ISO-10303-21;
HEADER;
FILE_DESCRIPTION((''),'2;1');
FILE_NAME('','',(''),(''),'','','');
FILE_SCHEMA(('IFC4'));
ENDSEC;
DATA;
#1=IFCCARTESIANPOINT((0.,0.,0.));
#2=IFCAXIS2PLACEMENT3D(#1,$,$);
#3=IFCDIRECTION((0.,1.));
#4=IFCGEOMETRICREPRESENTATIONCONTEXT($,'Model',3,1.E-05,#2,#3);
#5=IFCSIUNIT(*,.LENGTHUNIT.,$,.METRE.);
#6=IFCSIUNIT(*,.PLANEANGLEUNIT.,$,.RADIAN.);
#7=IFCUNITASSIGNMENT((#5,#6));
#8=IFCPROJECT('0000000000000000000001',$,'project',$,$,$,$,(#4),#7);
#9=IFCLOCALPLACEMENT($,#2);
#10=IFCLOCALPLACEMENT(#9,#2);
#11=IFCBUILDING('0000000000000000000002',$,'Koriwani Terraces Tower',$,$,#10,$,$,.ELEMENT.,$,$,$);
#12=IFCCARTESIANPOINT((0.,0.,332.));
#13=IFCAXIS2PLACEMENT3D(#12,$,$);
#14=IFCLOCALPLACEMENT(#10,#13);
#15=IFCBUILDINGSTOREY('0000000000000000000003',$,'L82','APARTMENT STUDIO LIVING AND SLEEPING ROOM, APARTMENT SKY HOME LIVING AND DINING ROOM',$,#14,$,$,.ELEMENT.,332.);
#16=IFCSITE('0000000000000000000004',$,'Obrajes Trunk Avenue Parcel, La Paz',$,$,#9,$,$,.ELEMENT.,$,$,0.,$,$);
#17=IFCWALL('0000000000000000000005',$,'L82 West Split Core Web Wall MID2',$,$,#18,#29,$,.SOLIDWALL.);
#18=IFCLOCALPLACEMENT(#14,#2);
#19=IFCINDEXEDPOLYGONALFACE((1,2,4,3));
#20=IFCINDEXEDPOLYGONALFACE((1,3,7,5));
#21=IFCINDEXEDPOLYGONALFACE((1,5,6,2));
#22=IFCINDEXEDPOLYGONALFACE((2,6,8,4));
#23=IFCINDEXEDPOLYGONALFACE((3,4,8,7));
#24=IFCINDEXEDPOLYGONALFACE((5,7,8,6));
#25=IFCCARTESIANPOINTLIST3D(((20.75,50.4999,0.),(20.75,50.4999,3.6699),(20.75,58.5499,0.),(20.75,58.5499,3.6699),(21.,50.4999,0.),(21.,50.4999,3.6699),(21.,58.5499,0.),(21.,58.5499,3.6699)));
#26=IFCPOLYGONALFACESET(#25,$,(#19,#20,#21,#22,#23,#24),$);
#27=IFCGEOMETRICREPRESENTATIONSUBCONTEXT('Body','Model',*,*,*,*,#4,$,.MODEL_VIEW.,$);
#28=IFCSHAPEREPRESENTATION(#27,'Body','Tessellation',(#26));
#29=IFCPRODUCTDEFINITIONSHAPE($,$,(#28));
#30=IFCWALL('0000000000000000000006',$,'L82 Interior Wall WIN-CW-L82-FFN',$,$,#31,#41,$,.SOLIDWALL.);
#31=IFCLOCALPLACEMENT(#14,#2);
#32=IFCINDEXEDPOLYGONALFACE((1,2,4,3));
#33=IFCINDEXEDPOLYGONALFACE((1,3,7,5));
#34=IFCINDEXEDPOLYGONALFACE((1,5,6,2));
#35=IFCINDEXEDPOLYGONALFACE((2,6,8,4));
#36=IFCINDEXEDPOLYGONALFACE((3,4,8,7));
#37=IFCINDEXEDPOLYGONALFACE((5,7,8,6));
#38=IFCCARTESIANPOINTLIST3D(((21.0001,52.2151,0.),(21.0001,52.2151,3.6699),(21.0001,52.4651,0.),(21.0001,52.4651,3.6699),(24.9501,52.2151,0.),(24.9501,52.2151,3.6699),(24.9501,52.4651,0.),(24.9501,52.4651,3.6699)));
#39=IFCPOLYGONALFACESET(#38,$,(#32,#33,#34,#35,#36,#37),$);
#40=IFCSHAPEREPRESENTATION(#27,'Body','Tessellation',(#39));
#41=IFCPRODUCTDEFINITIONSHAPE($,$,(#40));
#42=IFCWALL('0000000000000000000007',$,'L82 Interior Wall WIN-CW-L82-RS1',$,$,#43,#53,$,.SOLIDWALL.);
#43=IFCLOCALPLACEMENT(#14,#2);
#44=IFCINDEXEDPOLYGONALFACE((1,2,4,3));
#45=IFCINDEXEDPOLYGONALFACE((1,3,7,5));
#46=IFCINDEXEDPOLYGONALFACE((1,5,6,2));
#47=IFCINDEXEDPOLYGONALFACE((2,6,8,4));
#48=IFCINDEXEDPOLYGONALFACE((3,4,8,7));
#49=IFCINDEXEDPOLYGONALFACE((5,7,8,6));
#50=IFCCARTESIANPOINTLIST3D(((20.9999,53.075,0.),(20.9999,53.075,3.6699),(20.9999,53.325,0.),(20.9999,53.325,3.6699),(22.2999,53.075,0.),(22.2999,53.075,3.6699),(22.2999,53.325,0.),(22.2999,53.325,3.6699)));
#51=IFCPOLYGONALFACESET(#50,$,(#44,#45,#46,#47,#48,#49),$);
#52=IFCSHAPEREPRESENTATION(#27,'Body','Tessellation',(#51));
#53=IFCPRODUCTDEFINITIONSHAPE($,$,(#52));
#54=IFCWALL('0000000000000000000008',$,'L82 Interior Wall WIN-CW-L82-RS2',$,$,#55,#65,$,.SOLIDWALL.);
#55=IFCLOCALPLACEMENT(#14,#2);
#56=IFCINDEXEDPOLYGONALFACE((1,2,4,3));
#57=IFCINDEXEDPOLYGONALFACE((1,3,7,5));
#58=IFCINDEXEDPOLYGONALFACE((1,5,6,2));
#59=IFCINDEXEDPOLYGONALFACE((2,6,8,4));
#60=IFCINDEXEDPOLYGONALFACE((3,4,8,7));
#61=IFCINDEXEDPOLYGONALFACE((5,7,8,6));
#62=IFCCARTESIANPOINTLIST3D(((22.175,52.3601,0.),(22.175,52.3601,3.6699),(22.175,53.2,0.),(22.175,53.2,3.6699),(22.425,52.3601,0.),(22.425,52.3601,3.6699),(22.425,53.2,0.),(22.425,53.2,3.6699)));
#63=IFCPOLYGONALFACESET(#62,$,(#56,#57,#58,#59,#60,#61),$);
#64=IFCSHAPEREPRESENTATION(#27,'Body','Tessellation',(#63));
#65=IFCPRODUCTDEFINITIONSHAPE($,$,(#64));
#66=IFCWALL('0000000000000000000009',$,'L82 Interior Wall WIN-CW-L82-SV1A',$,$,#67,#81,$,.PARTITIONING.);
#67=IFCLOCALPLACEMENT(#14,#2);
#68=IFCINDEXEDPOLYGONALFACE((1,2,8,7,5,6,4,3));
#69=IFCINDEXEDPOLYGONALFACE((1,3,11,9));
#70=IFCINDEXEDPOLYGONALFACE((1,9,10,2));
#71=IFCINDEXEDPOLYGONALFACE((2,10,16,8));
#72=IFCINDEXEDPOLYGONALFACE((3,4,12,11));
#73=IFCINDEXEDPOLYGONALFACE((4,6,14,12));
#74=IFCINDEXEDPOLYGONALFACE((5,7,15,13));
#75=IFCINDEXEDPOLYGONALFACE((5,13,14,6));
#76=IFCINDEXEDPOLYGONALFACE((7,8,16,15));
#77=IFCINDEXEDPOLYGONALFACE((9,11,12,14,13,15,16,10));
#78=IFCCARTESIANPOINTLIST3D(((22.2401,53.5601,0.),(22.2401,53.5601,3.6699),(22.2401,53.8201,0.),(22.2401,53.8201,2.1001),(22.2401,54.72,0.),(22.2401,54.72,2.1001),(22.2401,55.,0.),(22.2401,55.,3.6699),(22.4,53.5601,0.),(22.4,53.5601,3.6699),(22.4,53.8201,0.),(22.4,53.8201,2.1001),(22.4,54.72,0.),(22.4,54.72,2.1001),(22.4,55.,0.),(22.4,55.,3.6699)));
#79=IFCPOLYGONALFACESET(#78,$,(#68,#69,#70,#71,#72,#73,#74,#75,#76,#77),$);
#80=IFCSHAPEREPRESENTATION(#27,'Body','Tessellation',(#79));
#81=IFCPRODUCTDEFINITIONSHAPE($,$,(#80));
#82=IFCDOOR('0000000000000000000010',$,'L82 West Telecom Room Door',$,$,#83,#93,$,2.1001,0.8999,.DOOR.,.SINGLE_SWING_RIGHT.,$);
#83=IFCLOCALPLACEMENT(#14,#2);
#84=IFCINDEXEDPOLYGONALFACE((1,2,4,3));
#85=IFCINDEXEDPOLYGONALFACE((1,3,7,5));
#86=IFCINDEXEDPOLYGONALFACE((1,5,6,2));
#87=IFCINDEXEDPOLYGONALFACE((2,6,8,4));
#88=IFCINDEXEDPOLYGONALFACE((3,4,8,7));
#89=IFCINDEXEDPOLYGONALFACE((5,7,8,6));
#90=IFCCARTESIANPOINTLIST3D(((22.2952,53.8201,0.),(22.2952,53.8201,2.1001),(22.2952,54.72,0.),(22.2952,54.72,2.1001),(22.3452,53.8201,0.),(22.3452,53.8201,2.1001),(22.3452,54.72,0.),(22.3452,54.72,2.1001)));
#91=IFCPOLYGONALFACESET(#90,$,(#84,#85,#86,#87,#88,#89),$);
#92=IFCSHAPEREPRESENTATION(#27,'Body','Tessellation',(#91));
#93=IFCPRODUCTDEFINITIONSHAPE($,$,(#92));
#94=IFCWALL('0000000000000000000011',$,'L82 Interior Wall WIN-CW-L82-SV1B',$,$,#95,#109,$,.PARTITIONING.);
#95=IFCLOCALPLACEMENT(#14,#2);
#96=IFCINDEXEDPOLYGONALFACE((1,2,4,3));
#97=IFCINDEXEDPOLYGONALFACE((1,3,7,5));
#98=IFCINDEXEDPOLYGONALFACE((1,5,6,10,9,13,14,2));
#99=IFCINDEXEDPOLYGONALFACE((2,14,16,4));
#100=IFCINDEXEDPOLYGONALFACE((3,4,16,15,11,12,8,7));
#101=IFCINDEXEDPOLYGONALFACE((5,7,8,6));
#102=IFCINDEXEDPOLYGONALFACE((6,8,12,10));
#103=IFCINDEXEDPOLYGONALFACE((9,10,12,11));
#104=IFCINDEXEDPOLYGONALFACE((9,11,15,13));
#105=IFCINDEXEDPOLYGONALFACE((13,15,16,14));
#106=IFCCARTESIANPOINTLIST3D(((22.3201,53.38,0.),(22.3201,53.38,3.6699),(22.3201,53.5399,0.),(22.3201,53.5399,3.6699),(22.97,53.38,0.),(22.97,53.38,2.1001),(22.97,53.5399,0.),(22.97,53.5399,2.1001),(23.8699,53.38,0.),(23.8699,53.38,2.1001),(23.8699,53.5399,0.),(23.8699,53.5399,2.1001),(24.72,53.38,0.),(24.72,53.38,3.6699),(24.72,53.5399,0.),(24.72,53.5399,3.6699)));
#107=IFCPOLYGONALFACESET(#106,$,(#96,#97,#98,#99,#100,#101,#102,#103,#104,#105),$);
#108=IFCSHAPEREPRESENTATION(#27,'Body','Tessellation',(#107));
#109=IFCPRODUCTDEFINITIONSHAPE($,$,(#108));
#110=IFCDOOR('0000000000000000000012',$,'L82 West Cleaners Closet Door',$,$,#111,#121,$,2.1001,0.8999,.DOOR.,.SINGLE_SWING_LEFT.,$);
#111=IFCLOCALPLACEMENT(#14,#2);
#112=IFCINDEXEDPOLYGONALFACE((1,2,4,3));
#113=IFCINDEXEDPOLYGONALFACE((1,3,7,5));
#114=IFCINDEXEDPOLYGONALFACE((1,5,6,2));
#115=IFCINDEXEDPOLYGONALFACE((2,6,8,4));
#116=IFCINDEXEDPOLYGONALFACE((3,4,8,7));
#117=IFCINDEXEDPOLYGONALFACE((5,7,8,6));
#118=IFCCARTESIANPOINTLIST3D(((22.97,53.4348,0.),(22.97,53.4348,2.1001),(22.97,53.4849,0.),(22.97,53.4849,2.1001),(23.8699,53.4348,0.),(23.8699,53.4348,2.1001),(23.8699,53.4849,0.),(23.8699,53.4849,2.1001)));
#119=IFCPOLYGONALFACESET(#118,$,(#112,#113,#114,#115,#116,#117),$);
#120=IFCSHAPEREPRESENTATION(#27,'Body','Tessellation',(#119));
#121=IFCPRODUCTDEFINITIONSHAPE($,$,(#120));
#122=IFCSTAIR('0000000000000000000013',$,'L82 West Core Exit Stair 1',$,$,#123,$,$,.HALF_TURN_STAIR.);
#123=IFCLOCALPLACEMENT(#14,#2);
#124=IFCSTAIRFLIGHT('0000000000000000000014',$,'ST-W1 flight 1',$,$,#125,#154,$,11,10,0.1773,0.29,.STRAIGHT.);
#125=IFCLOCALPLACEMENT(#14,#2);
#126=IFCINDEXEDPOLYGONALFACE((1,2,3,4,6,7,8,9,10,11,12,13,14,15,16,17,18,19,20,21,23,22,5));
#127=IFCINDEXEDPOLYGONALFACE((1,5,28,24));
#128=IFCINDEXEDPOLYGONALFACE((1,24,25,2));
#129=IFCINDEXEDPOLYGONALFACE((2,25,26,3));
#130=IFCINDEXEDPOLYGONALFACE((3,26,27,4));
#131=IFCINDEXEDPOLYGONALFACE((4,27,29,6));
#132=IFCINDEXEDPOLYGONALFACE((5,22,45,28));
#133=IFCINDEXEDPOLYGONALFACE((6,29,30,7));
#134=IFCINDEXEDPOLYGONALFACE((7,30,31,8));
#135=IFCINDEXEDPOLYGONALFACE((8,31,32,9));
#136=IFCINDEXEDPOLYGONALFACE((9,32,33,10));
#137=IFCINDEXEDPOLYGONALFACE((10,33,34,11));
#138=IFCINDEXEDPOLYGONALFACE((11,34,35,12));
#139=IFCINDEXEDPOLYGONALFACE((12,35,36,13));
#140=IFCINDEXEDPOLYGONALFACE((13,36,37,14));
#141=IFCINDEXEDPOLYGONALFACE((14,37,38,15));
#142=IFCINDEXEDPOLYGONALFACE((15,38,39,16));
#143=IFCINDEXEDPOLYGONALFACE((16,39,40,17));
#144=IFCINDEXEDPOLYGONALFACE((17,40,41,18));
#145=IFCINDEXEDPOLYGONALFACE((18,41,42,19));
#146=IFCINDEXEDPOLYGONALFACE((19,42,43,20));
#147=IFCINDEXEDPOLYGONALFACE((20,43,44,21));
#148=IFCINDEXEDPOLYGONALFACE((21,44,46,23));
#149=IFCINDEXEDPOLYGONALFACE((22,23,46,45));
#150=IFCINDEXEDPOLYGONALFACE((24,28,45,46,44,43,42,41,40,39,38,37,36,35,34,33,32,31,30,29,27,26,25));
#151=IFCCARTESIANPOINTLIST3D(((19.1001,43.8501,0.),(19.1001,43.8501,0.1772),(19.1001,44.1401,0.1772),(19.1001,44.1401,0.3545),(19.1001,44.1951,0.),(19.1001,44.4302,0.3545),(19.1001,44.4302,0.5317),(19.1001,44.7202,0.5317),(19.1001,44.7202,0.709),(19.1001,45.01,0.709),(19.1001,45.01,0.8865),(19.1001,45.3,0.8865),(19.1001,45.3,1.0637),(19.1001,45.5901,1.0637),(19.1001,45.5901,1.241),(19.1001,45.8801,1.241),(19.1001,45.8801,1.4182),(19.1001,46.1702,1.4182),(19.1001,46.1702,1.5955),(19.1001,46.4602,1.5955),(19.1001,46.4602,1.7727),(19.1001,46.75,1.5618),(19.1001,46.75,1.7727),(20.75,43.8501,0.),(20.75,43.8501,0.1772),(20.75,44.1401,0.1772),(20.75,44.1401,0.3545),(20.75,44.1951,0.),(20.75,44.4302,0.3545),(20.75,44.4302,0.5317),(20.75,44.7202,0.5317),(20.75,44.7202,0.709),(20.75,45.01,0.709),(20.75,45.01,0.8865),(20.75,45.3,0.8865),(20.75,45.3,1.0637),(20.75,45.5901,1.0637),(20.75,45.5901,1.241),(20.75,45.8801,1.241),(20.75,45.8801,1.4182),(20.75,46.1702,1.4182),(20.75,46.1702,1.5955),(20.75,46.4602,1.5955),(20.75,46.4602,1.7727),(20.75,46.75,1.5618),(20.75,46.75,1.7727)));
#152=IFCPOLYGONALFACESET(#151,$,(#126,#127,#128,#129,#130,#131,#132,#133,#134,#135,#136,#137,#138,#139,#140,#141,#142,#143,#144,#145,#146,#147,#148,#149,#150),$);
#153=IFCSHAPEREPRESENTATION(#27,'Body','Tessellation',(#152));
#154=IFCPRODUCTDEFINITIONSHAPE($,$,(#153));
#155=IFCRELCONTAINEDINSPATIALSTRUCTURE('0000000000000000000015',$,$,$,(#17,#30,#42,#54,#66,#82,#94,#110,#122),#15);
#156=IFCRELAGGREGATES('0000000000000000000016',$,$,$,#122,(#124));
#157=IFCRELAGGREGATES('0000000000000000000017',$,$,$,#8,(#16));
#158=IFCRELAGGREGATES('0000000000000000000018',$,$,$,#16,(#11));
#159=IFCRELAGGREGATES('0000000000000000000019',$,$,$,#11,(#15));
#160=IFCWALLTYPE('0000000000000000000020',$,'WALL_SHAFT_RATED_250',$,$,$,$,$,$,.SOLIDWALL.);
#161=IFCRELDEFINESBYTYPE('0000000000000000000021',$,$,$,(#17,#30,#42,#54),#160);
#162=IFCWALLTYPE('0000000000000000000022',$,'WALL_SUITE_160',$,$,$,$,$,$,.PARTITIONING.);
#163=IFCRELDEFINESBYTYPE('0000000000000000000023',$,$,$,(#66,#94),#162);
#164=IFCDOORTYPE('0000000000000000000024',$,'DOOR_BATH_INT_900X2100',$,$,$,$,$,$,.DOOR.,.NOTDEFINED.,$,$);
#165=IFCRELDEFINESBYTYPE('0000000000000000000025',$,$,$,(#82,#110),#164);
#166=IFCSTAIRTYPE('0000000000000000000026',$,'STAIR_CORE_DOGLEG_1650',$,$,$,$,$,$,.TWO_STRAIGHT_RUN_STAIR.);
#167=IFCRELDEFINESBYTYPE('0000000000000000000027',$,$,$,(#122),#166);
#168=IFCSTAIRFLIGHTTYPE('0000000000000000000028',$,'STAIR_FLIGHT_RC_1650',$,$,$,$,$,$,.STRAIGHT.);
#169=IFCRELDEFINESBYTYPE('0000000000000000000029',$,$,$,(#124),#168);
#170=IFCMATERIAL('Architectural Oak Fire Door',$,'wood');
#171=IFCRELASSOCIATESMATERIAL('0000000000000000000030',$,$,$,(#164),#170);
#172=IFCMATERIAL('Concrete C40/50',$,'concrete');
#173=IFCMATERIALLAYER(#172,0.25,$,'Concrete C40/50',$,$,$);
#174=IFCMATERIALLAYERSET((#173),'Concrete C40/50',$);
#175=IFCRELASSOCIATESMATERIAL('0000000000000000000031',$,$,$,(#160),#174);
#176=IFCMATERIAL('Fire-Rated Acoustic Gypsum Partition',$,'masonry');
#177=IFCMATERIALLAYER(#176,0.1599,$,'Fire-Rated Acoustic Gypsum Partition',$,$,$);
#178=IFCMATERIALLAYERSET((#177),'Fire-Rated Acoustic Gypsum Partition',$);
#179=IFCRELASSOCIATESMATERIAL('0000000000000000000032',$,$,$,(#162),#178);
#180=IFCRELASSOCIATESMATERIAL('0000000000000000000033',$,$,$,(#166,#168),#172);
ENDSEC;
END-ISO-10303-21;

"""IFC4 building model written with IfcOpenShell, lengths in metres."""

from ifc_helpers import new_model, si_unit, direction, frame, frame_2d, origin, place, context, subcontext, project, spatial, polyline, rectangle, outline, extrude, material, layer, layer_set, type_object, element, fill, aggregate, save


model = new_model("IFC4")

# Units and contexts
model_context = context("Model", 3, precision=1e-05, world=origin(), true_north=direction((0.0, 1.0)))
body_context = subcontext(model_context, "Body", "Model", "MODEL_VIEW")
ifc_project = project(units=[si_unit("LENGTHUNIT", "METRE"), si_unit("PLANEANGLEUNIT", "RADIAN")], contexts=[model_context])

# Site, building, storey
site_placement = place(None, origin())
site = spatial("IfcSite", under=ifc_project, at=site_placement, Name="Obrajes Trunk Avenue Parcel, La Paz", CompositionType="ELEMENT", RefElevation=0.0)
building_placement = place(site_placement, origin())
building = spatial("IfcBuilding", under=site, at=building_placement, Name="Koriwani Terraces Tower", CompositionType="ELEMENT")
storey_placement = place(building_placement, frame((0.0, 0.0, 332.0)))
storey = spatial("IfcBuildingStorey", under=building, at=storey_placement, Name="L82", Description="APARTMENT STUDIO LIVING AND SLEEPING ROOM, APARTMENT SKY HOME LIVING AND DINING ROOM", CompositionType="ELEMENT", Elevation=332.0)

# Shared definitions
ifc_material_1 = material(Name="Fire-Rated Acoustic Gypsum Partition", Category="masonry")
ifc_material_2 = material(Name="Architectural Oak Fire Door", Category="wood")
door_type_1 = type_object("IfcDoorType", Name="DOOR_BATH_INT_900X2100", OperationType="NOTDEFINED", PredefinedType="DOOR", material=ifc_material_2)

# Wall
ifc_material_3 = material(Name="Concrete C40/50", Category="concrete")
ifc_layer_1 = layer(ifc_material_3, 0.25, Name="Concrete C40/50")
ifc_layer_set_1 = layer_set([ifc_layer_1], Name="Concrete C40/50")
wall_type_1 = type_object("IfcWallType", Name="WALL_SHAFT_RATED_250", PredefinedType="SOLIDWALL", material=ifc_layer_set_1)
for number, where, z_axis, x_axis, name in (
    (1, (20.875, 50.5, 0.0), (0.0, 0.0, 1.0), (0.0, 1.0, 0.0), "L82 West Split Core Web Wall MID2"),
):
    element("IfcWall", number, at=place(storey_placement, frame(where, z_axis=z_axis, x_axis=x_axis)), inside=storey, type_object=wall_type_1, Name=name, PredefinedType="SOLIDWALL", context=body_context, shape_type="SweptSolid", body=[
        extrude(rectangle(XDim=8.05, YDim=0.25, at=frame_2d((4.0249, 0.0))), origin(), (0.0, 0.0, 1.0), 3.6699),
    ])

# Wall
wall_1_placement = place(storey_placement, frame((21.0, 52.3401, 0.0), z_axis=(0.0, 0.0, 1.0), x_axis=(1.0, 0.0, 0.0)))
element("IfcWall", 2, at=wall_1_placement, inside=storey, type_object=wall_type_1, Name="L82 Interior Wall WIN-CW-L82-FFN", PredefinedType="SOLIDWALL", context=body_context, shape_type="SweptSolid", body=[
    extrude(rectangle(XDim=3.95, YDim=0.25, at=frame_2d((1.9751, 0.0))), origin(), (0.0, 0.0, 1.0), 3.6699),
])

# Walls
wall_2_placement = place(storey_placement, frame((21.0, 53.2, 0.0), z_axis=(0.0, 0.0, 1.0), x_axis=(1.0, 0.0, 0.0)))
element("IfcWall", 3, at=wall_2_placement, inside=storey, type_object=wall_type_1, Name="L82 Interior Wall WIN-CW-L82-RS1", PredefinedType="SOLIDWALL", context=body_context, shape_type="SweptSolid", body=[
    extrude(rectangle(XDim=1.3, YDim=0.25, at=frame_2d((0.6499, 0.0))), origin(), (0.0, 0.0, 1.0), 3.6699),
])
wall_3_placement = place(storey_placement, frame((22.3, 52.3601, 0.0), z_axis=(0.0, 0.0, 1.0), x_axis=(0.0, 1.0, 0.0)))
element("IfcWall", 4, at=wall_3_placement, inside=storey, type_object=wall_type_1, Name="L82 Interior Wall WIN-CW-L82-RS2", PredefinedType="SOLIDWALL", context=body_context, shape_type="SweptSolid", body=[
    extrude(rectangle(XDim=0.8398, YDim=0.25, at=frame_2d((0.4199, 0.0))), origin(), (0.0, 0.0, 1.0), 3.6699),
])

# Walls, openings, doors
ifc_layer_2 = layer(ifc_material_1, 0.1599, Name="Fire-Rated Acoustic Gypsum Partition")
ifc_layer_set_2 = layer_set([ifc_layer_2], Name="Fire-Rated Acoustic Gypsum Partition")
wall_type_2 = type_object("IfcWallType", Name="WALL_SUITE_160", PredefinedType="PARTITIONING", material=ifc_layer_set_2)
wall_4_placement = place(storey_placement, frame((22.3201, 53.5601, 0.0), z_axis=(0.0, 0.0, 1.0), x_axis=(0.0, 1.0, 0.0)))
wall_4 = element("IfcWall", 5, at=wall_4_placement, inside=storey, type_object=wall_type_2, Name="L82 Interior Wall WIN-CW-L82-SV1A", PredefinedType="PARTITIONING", context=body_context, shape_type="SweptSolid", body=[
    extrude(rectangle(XDim=1.4399, YDim=0.1599, at=frame_2d((0.72, 0.0))), origin(), (0.0, 0.0, 1.0), 3.6699),
])
opening_1_placement = place(wall_4_placement, frame((0.26, 0.0, 0.0)))
opening_1 = element("IfcOpeningElement", 6, at=opening_1_placement, cuts=wall_4, PredefinedType="OPENING", context=body_context, shape_type="SweptSolid", body=[
    extrude(rectangle(XDim=0.8999, YDim=2.1001, at=frame_2d((0.45, 1.05))), frame((0.0, 0.0898, 0.0), z_axis=(0.0, -1.0, 0.0), x_axis=(1.0, 0.0, 0.0)), (0.0, 0.0, 1.0), 0.1799),
])
door_1_placement = place(opening_1_placement, origin())
door_1 = element("IfcDoor", 7, at=door_1_placement, inside=storey, type_object=door_type_1, Name="L82 West Telecom Room Door", OperationType="SINGLE_SWING_RIGHT", OverallHeight=2.1001, OverallWidth=0.8999, PredefinedType="DOOR", context=body_context, shape_type="SweptSolid", body=[
    extrude(rectangle(XDim=0.8999, YDim=2.1001, at=frame_2d((0.45, 1.05))), frame((0.0, 0.0249, 0.0), z_axis=(0.0, -1.0, 0.0), x_axis=(1.0, 0.0, 0.0)), (0.0, 0.0, 1.0), 0.05),
])
fill(opening_1, door_1)
wall_5_placement = place(storey_placement, frame((22.3201, 53.46, 0.0), z_axis=(0.0, 0.0, 1.0), x_axis=(1.0, 0.0, 0.0)))
wall_5 = element("IfcWall", 8, at=wall_5_placement, inside=storey, type_object=wall_type_2, Name="L82 Interior Wall WIN-CW-L82-SV1B", PredefinedType="PARTITIONING", context=body_context, shape_type="SweptSolid", body=[
    extrude(rectangle(XDim=2.3999, YDim=0.1599, at=frame_2d((1.2, 0.0))), origin(), (0.0, 0.0, 1.0), 3.6699),
])
opening_2_placement = place(wall_5_placement, frame((0.6499, 0.0, 0.0)))
opening_2 = element("IfcOpeningElement", 9, at=opening_2_placement, cuts=wall_5, PredefinedType="OPENING", context=body_context, shape_type="SweptSolid", body=[
    extrude(rectangle(XDim=0.8999, YDim=2.1001, at=frame_2d((0.45, 1.05))), frame((0.0, 0.0898, 0.0), z_axis=(0.0, -1.0, 0.0), x_axis=(1.0, 0.0, 0.0)), (0.0, 0.0, 1.0), 0.1799),
])
door_2_placement = place(opening_2_placement, origin())
door_2 = element("IfcDoor", 10, at=door_2_placement, inside=storey, type_object=door_type_1, Name="L82 West Cleaners Closet Door", OperationType="SINGLE_SWING_LEFT", OverallHeight=2.1001, OverallWidth=0.8999, PredefinedType="DOOR", context=body_context, shape_type="SweptSolid", body=[
    extrude(rectangle(XDim=0.8999, YDim=2.1001, at=frame_2d((0.45, 1.05))), frame((0.0, 0.0249, 0.0), z_axis=(0.0, -1.0, 0.0), x_axis=(1.0, 0.0, 0.0)), (0.0, 0.0, 1.0), 0.05),
])
fill(opening_2, door_2)

# Stair, stair flight
stair_type = type_object("IfcStairType", Name="STAIR_CORE_DOGLEG_1650", PredefinedType="TWO_STRAIGHT_RUN_STAIR", material=ifc_material_3)
stair_placement = place(storey_placement, origin())
stair = element("IfcStair", 11, at=stair_placement, inside=storey, type_object=stair_type, Name="L82 West Core Exit Stair 1", PredefinedType="HALF_TURN_STAIR")
stair_flight_type = type_object("IfcStairFlightType", Name="STAIR_FLIGHT_RC_1650", PredefinedType="STRAIGHT", material=ifc_material_3)
stair_flight_placement = place(storey_placement, frame((19.925, 43.8501, 0.0), z_axis=(0.0, 0.0, 1.0), x_axis=(0.0, 1.0, 0.0)))
stair_flight = element("IfcStairFlight", 12, at=stair_flight_placement, type_object=stair_flight_type, Name="ST-W1 flight 1", NumberOfRisers=11, NumberOfTreads=10, PredefinedType="STRAIGHT", RiserHeight=0.1773, TreadLength=0.29, context=body_context, shape_type="SweptSolid", body=[
    extrude(outline(polyline([(0.0, 0.0), (0.0, 0.1772), (0.29, 0.1772), (0.29, 0.3545), (0.5801, 0.3545), (0.5801, 0.5317), (0.8701, 0.5317), (0.8701, 0.709), (1.1599, 0.709), (1.1599, 0.8865), (1.45, 0.8865), (1.45, 1.0637), (1.74, 1.0637), (1.74, 1.241), (2.03, 1.241), (2.03, 1.4182), (2.3201, 1.4182), (2.3201, 1.5955), (2.6101, 1.5955), (2.6101, 1.7727), (2.8999, 1.7727), (2.8999, 1.95), (2.8999, 1.5618), (0.345, 0.0), (0.0, 0.0)])), frame((0.0, 0.825, 0.0), z_axis=(0.0, -1.0, 0.0), x_axis=(1.0, 0.0, 0.0)), (0.0, 0.0, 1.0), 1.6499),
])
aggregate(stair, [stair_flight])

save(model, "model.ifc")
